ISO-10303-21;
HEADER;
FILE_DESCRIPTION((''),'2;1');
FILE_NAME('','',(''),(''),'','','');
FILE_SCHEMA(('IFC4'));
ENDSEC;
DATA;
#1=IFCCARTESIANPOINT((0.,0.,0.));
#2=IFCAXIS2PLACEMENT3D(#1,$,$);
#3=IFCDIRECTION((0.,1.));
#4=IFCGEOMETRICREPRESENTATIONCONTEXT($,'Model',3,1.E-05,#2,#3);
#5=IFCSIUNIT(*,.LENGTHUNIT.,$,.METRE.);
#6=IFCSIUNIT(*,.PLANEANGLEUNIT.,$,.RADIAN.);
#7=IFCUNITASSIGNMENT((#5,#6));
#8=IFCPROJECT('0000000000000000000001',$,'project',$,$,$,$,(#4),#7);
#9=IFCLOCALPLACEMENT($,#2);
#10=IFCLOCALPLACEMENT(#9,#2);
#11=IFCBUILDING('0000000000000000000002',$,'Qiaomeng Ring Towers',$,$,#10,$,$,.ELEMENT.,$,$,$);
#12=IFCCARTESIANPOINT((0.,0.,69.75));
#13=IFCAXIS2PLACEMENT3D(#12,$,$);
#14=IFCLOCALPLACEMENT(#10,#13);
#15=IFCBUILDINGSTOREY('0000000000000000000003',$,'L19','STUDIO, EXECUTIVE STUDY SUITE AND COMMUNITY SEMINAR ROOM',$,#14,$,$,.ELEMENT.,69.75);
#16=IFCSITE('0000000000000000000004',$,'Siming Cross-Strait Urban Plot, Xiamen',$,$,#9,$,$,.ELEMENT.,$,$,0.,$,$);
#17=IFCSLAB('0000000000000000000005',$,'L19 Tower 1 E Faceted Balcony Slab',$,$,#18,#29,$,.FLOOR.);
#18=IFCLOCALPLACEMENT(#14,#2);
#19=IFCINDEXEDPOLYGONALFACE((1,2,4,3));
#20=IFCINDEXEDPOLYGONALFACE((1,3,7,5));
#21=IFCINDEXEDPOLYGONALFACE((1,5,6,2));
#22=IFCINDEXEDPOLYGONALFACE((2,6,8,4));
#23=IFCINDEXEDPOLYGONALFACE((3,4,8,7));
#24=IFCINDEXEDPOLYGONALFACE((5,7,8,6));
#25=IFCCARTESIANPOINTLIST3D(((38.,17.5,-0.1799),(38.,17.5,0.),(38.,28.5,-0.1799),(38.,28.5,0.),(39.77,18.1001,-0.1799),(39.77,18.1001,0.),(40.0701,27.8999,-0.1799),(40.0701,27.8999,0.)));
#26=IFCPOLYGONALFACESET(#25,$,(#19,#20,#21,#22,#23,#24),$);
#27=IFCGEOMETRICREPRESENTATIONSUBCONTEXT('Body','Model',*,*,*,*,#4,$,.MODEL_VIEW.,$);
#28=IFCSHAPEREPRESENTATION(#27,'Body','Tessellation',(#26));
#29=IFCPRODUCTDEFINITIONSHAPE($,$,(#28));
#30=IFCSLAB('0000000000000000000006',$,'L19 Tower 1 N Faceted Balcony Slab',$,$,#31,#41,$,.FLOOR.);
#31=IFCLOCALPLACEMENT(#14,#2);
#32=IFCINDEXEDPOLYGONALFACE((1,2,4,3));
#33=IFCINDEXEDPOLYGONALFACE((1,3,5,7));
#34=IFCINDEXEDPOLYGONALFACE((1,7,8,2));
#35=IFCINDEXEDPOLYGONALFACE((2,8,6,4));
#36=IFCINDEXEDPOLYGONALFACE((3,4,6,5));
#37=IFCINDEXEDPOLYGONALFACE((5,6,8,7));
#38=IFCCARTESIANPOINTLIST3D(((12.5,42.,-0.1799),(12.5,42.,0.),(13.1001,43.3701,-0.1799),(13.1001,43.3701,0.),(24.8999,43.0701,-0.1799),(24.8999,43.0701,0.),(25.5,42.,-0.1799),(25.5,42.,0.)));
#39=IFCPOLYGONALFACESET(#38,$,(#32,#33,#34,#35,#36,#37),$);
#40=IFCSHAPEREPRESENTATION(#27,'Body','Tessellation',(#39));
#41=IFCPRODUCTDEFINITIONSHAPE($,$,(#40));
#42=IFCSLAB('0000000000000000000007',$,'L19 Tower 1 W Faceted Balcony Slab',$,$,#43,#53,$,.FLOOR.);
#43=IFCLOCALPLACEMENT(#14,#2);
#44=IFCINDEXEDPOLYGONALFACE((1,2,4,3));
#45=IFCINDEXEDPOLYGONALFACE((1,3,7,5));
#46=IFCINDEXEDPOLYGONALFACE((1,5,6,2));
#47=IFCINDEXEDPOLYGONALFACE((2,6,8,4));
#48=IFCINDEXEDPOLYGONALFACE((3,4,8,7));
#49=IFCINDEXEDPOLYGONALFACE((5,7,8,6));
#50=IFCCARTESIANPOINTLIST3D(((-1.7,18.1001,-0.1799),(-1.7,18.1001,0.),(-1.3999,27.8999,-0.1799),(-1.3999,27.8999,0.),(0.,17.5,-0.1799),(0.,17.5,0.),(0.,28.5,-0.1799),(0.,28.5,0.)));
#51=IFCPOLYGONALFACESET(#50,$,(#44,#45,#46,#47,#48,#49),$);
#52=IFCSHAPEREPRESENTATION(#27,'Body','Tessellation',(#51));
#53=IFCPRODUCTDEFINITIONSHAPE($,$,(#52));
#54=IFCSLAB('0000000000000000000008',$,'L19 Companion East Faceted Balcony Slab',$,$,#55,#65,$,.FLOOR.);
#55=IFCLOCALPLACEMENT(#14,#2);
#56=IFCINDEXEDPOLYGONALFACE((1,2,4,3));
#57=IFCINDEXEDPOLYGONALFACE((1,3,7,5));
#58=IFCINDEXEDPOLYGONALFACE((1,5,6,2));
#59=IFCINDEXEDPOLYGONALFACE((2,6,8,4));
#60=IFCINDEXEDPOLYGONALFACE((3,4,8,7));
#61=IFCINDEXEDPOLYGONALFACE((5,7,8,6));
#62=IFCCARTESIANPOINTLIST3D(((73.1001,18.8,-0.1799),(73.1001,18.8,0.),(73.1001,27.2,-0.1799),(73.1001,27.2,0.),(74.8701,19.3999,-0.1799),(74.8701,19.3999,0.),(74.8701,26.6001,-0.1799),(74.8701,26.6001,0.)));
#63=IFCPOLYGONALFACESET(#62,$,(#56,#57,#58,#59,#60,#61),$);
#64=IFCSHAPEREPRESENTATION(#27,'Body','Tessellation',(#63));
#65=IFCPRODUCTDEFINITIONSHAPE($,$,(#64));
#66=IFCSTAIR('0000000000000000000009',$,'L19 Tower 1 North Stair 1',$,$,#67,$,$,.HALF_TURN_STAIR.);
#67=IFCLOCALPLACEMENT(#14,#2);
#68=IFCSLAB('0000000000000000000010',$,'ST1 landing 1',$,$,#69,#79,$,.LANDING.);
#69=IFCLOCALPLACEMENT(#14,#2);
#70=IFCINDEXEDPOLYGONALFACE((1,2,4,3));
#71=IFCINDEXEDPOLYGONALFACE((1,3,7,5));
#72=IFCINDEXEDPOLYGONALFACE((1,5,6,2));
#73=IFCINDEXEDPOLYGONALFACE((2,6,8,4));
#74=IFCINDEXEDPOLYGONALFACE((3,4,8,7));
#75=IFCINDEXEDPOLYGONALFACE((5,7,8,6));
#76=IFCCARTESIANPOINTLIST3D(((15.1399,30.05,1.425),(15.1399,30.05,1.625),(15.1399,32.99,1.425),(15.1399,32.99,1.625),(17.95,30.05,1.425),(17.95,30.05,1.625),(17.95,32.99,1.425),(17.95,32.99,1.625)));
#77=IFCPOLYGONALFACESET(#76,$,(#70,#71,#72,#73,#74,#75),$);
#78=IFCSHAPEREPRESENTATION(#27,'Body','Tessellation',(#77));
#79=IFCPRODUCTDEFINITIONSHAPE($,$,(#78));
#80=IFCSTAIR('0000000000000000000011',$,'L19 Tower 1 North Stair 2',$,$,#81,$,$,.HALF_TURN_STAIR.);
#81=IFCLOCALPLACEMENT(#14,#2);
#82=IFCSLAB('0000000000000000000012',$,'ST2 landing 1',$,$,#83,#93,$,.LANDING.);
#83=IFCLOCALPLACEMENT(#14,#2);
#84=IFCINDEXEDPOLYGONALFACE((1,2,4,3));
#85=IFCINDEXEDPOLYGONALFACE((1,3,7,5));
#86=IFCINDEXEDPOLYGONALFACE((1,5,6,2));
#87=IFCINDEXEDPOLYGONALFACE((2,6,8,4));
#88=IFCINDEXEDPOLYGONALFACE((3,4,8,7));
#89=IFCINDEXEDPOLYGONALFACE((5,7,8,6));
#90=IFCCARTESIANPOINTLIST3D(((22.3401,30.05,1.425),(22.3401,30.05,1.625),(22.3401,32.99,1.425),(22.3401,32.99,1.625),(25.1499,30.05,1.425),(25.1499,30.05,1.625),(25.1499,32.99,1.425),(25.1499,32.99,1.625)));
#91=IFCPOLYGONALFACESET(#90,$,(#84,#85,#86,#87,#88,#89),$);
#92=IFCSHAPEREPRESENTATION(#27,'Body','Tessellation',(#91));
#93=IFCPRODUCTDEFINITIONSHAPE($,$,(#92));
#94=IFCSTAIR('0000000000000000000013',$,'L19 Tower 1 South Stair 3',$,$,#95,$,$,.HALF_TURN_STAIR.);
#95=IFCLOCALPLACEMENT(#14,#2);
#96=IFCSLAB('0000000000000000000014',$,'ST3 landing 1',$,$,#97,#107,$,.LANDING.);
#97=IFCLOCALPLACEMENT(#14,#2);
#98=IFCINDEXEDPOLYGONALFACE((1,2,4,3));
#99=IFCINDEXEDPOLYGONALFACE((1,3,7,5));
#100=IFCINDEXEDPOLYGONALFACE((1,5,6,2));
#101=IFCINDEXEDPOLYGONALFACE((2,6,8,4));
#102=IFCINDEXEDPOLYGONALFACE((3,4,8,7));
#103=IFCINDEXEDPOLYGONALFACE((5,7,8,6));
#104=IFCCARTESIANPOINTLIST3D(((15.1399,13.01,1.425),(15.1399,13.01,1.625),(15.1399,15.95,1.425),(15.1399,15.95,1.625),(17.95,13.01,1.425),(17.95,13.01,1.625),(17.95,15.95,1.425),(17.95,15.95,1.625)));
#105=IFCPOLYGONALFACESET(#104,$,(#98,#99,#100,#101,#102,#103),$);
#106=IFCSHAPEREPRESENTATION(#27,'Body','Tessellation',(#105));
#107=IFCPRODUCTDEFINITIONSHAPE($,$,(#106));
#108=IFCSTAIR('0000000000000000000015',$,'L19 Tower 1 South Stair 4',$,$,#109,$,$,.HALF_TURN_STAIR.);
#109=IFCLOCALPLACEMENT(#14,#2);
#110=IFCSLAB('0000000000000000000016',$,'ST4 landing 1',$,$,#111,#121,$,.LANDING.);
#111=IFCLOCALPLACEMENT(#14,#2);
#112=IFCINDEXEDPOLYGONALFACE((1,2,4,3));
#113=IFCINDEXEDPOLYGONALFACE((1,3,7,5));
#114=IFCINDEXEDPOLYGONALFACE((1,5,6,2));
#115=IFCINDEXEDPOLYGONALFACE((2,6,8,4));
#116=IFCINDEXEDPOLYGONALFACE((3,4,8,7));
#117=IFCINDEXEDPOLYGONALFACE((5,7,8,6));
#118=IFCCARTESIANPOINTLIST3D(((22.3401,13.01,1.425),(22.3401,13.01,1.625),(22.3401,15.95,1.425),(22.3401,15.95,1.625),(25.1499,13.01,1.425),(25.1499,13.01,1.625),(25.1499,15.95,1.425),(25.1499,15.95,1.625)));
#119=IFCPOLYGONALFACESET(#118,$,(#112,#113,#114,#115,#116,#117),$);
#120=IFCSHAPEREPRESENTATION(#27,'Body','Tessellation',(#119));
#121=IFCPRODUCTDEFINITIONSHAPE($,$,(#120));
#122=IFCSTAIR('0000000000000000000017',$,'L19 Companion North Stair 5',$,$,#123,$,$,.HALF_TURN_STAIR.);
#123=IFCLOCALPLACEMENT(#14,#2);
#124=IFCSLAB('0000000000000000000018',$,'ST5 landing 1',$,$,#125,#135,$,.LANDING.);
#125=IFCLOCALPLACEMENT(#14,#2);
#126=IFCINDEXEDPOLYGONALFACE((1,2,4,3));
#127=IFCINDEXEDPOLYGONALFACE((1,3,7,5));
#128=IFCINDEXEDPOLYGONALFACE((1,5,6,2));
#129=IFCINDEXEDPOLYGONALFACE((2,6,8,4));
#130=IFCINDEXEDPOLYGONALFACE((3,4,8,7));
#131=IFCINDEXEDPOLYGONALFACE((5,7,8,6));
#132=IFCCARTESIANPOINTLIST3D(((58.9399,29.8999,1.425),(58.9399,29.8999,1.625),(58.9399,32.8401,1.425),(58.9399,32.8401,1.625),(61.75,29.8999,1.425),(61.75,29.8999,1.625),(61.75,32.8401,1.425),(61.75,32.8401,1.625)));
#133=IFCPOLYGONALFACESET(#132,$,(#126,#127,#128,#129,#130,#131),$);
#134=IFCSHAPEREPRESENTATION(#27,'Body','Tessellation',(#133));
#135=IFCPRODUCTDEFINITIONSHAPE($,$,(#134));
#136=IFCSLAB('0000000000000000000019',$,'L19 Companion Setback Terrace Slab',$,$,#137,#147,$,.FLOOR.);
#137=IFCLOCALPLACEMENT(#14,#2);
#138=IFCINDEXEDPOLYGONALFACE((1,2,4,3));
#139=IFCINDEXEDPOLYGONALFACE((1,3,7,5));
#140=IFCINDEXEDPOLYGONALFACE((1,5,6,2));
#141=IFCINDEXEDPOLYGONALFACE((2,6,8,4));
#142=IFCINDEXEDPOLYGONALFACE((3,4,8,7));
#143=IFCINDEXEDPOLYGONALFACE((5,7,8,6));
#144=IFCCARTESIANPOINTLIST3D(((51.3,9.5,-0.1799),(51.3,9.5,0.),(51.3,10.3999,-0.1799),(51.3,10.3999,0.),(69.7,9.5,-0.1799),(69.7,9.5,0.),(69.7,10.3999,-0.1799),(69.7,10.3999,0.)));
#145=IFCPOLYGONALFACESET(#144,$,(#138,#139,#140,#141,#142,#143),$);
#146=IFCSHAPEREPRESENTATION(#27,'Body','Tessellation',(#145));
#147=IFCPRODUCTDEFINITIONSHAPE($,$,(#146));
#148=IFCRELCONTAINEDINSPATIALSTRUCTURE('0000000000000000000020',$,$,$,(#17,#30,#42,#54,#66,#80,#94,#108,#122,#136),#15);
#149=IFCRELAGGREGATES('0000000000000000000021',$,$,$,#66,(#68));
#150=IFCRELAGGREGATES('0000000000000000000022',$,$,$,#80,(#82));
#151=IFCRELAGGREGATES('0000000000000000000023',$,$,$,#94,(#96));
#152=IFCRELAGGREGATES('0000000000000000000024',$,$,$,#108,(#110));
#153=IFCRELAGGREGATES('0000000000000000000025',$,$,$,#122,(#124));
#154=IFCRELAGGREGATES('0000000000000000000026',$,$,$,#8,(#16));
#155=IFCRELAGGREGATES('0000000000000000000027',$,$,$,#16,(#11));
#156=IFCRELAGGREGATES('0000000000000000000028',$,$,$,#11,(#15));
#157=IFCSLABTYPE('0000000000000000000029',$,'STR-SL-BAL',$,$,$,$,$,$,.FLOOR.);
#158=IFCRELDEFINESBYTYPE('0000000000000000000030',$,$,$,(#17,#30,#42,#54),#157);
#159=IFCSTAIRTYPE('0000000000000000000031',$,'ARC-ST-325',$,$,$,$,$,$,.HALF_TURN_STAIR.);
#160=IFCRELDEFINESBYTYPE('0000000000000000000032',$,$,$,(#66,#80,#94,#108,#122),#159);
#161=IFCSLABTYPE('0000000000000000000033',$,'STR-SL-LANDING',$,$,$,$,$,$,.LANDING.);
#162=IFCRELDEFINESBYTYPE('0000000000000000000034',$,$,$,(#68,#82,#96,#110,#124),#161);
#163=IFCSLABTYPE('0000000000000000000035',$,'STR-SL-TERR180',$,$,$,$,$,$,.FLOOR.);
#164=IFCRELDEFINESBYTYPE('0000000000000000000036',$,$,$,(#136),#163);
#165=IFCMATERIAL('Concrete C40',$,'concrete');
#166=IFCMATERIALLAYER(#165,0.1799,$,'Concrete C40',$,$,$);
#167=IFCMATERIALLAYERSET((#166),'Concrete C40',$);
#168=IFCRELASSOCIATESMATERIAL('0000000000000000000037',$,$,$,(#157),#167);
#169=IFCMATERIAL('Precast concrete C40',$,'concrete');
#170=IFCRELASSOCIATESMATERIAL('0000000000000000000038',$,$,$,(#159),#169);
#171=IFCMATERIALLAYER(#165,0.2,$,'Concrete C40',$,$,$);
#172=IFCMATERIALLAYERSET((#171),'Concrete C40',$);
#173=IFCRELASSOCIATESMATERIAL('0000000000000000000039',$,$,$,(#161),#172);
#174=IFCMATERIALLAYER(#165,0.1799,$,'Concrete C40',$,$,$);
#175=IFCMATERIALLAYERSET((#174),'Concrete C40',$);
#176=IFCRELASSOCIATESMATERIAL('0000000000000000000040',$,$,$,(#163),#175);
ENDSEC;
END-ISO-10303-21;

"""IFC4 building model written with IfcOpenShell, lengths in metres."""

from ifc_helpers import new_model, si_unit, direction, frame, origin, place, context, subcontext, project, spatial, polyline, outline, extrude, material, layer, layer_set, type_object, element, aggregate, save


model = new_model("IFC4")

# Units and contexts
model_context = context("Model", 3, precision=1e-05, world=origin(), true_north=direction((0.0, 1.0)))
body_context = subcontext(model_context, "Body", "Model", "MODEL_VIEW")
ifc_project = project(units=[si_unit("LENGTHUNIT", "METRE"), si_unit("PLANEANGLEUNIT", "RADIAN")], contexts=[model_context])

# Site, building, storey
site_placement = place(None, origin())
site = spatial("IfcSite", under=ifc_project, at=site_placement, Name="Siming Cross-Strait Urban Plot, Xiamen", CompositionType="ELEMENT", RefElevation=0.0)
building_placement = place(site_placement, origin())
building = spatial("IfcBuilding", under=site, at=building_placement, Name="Qiaomeng Ring Towers", CompositionType="ELEMENT")
storey_placement = place(building_placement, frame((0.0, 0.0, 69.75)))
storey = spatial("IfcBuildingStorey", under=building, at=storey_placement, Name="L19", Description="STUDIO, EXECUTIVE STUDY SUITE AND COMMUNITY SEMINAR ROOM", CompositionType="ELEMENT", Elevation=69.75)

# Slabs
ifc_material_1 = material(Name="Concrete C40", Category="concrete")
ifc_layer_1 = layer(ifc_material_1, 0.1799, Name="Concrete C40")
ifc_layer_set_1 = layer_set([ifc_layer_1], Name="Concrete C40")
slab_type_1 = type_object("IfcSlabType", Name="STR-SL-BAL", PredefinedType="FLOOR", material=ifc_layer_set_1)
slab_1_placement = place(storey_placement, frame((0.0, 0.0, -0.1799)))
element("IfcSlab", 1, at=slab_1_placement, inside=storey, type_object=slab_type_1, Name="L19 Tower 1 E Faceted Balcony Slab", PredefinedType="FLOOR", context=body_context, shape_type="SweptSolid", body=[
    extrude(outline(polyline([(40.0701, 27.8999), (39.77, 18.1001), (38.0, 17.5), (38.0, 28.5), (40.0701, 27.8999)])), origin(), (0.0, 0.0, 1.0), 0.1799),
])
slab_2_placement = place(storey_placement, frame((0.0, 0.0, -0.1799)))
element("IfcSlab", 2, at=slab_2_placement, inside=storey, type_object=slab_type_1, Name="L19 Tower 1 N Faceted Balcony Slab", PredefinedType="FLOOR", context=body_context, shape_type="SweptSolid", body=[
    extrude(outline(polyline([(12.5, 42.0), (13.1001, 43.3701), (24.8999, 43.0701), (25.5, 42.0), (12.5, 42.0)])), origin(), (0.0, 0.0, 1.0), 0.1799),
])
slab_3_placement = place(storey_placement, frame((0.0, 0.0, -0.1799)))
element("IfcSlab", 3, at=slab_3_placement, inside=storey, type_object=slab_type_1, Name="L19 Tower 1 W Faceted Balcony Slab", PredefinedType="FLOOR", context=body_context, shape_type="SweptSolid", body=[
    extrude(outline(polyline([(0.0, 17.5), (-1.7, 18.1001), (-1.3999, 27.8999), (0.0, 28.5), (0.0, 17.5)])), origin(), (0.0, 0.0, 1.0), 0.1799),
])
slab_4_placement = place(storey_placement, frame((0.0, 0.0, -0.1799)))
element("IfcSlab", 4, at=slab_4_placement, inside=storey, type_object=slab_type_1, Name="L19 Companion East Faceted Balcony Slab", PredefinedType="FLOOR", context=body_context, shape_type="SweptSolid", body=[
    extrude(outline(polyline([(74.8701, 26.6001), (74.8701, 19.3999), (73.1001, 18.8), (73.1001, 27.2), (74.8701, 26.6001)])), origin(), (0.0, 0.0, 1.0), 0.1799),
])

# Stairs, slabs
ifc_material_2 = material(Name="Precast concrete C40", Category="concrete")
stair_type = type_object("IfcStairType", Name="ARC-ST-325", PredefinedType="HALF_TURN_STAIR", material=ifc_material_2)
stair_1_placement = place(storey_placement, origin())
stair_1 = element("IfcStair", 5, at=stair_1_placement, inside=storey, type_object=stair_type, Name="L19 Tower 1 North Stair 1", PredefinedType="HALF_TURN_STAIR")
ifc_layer_2 = layer(ifc_material_1, 0.2, Name="Concrete C40")
ifc_layer_set_2 = layer_set([ifc_layer_2], Name="Concrete C40")
slab_type_2 = type_object("IfcSlabType", Name="STR-SL-LANDING", PredefinedType="LANDING", material=ifc_layer_set_2)
slab_5_placement = place(storey_placement, frame((0.0, 0.0, 1.425)))
slab_5 = element("IfcSlab", 6, at=slab_5_placement, type_object=slab_type_2, Name="ST1 landing 1", PredefinedType="LANDING", context=body_context, shape_type="SweptSolid", body=[
    extrude(outline(polyline([(15.1399, 30.05), (17.95, 30.05), (17.95, 32.99), (15.1399, 32.99), (15.1399, 30.05)])), origin(), (0.0, 0.0, 1.0), 0.2),
])
aggregate(stair_1, [slab_5])
stair_2_placement = place(storey_placement, origin())
stair_2 = element("IfcStair", 7, at=stair_2_placement, inside=storey, type_object=stair_type, Name="L19 Tower 1 North Stair 2", PredefinedType="HALF_TURN_STAIR")
slab_6_placement = place(storey_placement, frame((0.0, 0.0, 1.425)))
slab_6 = element("IfcSlab", 8, at=slab_6_placement, type_object=slab_type_2, Name="ST2 landing 1", PredefinedType="LANDING", context=body_context, shape_type="SweptSolid", body=[
    extrude(outline(polyline([(22.3401, 30.05), (25.1499, 30.05), (25.1499, 32.99), (22.3401, 32.99), (22.3401, 30.05)])), origin(), (0.0, 0.0, 1.0), 0.2),
])
aggregate(stair_2, [slab_6])
stair_3_placement = place(storey_placement, origin())
stair_3 = element("IfcStair", 9, at=stair_3_placement, inside=storey, type_object=stair_type, Name="L19 Tower 1 South Stair 3", PredefinedType="HALF_TURN_STAIR")
slab_7_placement = place(storey_placement, frame((0.0, 0.0, 1.425)))
slab_7 = element("IfcSlab", 10, at=slab_7_placement, type_object=slab_type_2, Name="ST3 landing 1", PredefinedType="LANDING", context=body_context, shape_type="SweptSolid", body=[
    extrude(outline(polyline([(15.1399, 13.01), (17.95, 13.01), (17.95, 15.95), (15.1399, 15.95), (15.1399, 13.01)])), origin(), (0.0, 0.0, 1.0), 0.2),
])
aggregate(stair_3, [slab_7])
stair_4_placement = place(storey_placement, origin())
stair_4 = element("IfcStair", 11, at=stair_4_placement, inside=storey, type_object=stair_type, Name="L19 Tower 1 South Stair 4", PredefinedType="HALF_TURN_STAIR")
slab_8_placement = place(storey_placement, frame((0.0, 0.0, 1.425)))
slab_8 = element("IfcSlab", 12, at=slab_8_placement, type_object=slab_type_2, Name="ST4 landing 1", PredefinedType="LANDING", context=body_context, shape_type="SweptSolid", body=[
    extrude(outline(polyline([(22.3401, 13.01), (25.1499, 13.01), (25.1499, 15.95), (22.3401, 15.95), (22.3401, 13.01)])), origin(), (0.0, 0.0, 1.0), 0.2),
])
aggregate(stair_4, [slab_8])
stair_5_placement = place(storey_placement, origin())
stair_5 = element("IfcStair", 13, at=stair_5_placement, inside=storey, type_object=stair_type, Name="L19 Companion North Stair 5", PredefinedType="HALF_TURN_STAIR")
slab_9_placement = place(storey_placement, frame((0.0, 0.0, 1.425)))
slab_9 = element("IfcSlab", 14, at=slab_9_placement, type_object=slab_type_2, Name="ST5 landing 1", PredefinedType="LANDING", context=body_context, shape_type="SweptSolid", body=[
    extrude(outline(polyline([(58.9399, 29.8999), (61.75, 29.8999), (61.75, 32.8401), (58.9399, 32.8401), (58.9399, 29.8999)])), origin(), (0.0, 0.0, 1.0), 0.2),
])
aggregate(stair_5, [slab_9])

# Slab
ifc_layer_3 = layer(ifc_material_1, 0.1799, Name="Concrete C40")
ifc_layer_set_3 = layer_set([ifc_layer_3], Name="Concrete C40")
slab_type_3 = type_object("IfcSlabType", Name="STR-SL-TERR180", PredefinedType="FLOOR", material=ifc_layer_set_3)
slab_10_placement = place(storey_placement, frame((0.0, 0.0, -0.1799)))
element("IfcSlab", 15, at=slab_10_placement, inside=storey, type_object=slab_type_3, Name="L19 Companion Setback Terrace Slab", PredefinedType="FLOOR", context=body_context, shape_type="SweptSolid", body=[
    extrude(outline(polyline([(69.7, 9.5), (51.3, 9.5), (51.3, 10.3999), (69.7, 10.3999), (69.7, 9.5)])), origin(), (0.0, 0.0, 1.0), 0.1799),
])

save(model, "model.ifc")
